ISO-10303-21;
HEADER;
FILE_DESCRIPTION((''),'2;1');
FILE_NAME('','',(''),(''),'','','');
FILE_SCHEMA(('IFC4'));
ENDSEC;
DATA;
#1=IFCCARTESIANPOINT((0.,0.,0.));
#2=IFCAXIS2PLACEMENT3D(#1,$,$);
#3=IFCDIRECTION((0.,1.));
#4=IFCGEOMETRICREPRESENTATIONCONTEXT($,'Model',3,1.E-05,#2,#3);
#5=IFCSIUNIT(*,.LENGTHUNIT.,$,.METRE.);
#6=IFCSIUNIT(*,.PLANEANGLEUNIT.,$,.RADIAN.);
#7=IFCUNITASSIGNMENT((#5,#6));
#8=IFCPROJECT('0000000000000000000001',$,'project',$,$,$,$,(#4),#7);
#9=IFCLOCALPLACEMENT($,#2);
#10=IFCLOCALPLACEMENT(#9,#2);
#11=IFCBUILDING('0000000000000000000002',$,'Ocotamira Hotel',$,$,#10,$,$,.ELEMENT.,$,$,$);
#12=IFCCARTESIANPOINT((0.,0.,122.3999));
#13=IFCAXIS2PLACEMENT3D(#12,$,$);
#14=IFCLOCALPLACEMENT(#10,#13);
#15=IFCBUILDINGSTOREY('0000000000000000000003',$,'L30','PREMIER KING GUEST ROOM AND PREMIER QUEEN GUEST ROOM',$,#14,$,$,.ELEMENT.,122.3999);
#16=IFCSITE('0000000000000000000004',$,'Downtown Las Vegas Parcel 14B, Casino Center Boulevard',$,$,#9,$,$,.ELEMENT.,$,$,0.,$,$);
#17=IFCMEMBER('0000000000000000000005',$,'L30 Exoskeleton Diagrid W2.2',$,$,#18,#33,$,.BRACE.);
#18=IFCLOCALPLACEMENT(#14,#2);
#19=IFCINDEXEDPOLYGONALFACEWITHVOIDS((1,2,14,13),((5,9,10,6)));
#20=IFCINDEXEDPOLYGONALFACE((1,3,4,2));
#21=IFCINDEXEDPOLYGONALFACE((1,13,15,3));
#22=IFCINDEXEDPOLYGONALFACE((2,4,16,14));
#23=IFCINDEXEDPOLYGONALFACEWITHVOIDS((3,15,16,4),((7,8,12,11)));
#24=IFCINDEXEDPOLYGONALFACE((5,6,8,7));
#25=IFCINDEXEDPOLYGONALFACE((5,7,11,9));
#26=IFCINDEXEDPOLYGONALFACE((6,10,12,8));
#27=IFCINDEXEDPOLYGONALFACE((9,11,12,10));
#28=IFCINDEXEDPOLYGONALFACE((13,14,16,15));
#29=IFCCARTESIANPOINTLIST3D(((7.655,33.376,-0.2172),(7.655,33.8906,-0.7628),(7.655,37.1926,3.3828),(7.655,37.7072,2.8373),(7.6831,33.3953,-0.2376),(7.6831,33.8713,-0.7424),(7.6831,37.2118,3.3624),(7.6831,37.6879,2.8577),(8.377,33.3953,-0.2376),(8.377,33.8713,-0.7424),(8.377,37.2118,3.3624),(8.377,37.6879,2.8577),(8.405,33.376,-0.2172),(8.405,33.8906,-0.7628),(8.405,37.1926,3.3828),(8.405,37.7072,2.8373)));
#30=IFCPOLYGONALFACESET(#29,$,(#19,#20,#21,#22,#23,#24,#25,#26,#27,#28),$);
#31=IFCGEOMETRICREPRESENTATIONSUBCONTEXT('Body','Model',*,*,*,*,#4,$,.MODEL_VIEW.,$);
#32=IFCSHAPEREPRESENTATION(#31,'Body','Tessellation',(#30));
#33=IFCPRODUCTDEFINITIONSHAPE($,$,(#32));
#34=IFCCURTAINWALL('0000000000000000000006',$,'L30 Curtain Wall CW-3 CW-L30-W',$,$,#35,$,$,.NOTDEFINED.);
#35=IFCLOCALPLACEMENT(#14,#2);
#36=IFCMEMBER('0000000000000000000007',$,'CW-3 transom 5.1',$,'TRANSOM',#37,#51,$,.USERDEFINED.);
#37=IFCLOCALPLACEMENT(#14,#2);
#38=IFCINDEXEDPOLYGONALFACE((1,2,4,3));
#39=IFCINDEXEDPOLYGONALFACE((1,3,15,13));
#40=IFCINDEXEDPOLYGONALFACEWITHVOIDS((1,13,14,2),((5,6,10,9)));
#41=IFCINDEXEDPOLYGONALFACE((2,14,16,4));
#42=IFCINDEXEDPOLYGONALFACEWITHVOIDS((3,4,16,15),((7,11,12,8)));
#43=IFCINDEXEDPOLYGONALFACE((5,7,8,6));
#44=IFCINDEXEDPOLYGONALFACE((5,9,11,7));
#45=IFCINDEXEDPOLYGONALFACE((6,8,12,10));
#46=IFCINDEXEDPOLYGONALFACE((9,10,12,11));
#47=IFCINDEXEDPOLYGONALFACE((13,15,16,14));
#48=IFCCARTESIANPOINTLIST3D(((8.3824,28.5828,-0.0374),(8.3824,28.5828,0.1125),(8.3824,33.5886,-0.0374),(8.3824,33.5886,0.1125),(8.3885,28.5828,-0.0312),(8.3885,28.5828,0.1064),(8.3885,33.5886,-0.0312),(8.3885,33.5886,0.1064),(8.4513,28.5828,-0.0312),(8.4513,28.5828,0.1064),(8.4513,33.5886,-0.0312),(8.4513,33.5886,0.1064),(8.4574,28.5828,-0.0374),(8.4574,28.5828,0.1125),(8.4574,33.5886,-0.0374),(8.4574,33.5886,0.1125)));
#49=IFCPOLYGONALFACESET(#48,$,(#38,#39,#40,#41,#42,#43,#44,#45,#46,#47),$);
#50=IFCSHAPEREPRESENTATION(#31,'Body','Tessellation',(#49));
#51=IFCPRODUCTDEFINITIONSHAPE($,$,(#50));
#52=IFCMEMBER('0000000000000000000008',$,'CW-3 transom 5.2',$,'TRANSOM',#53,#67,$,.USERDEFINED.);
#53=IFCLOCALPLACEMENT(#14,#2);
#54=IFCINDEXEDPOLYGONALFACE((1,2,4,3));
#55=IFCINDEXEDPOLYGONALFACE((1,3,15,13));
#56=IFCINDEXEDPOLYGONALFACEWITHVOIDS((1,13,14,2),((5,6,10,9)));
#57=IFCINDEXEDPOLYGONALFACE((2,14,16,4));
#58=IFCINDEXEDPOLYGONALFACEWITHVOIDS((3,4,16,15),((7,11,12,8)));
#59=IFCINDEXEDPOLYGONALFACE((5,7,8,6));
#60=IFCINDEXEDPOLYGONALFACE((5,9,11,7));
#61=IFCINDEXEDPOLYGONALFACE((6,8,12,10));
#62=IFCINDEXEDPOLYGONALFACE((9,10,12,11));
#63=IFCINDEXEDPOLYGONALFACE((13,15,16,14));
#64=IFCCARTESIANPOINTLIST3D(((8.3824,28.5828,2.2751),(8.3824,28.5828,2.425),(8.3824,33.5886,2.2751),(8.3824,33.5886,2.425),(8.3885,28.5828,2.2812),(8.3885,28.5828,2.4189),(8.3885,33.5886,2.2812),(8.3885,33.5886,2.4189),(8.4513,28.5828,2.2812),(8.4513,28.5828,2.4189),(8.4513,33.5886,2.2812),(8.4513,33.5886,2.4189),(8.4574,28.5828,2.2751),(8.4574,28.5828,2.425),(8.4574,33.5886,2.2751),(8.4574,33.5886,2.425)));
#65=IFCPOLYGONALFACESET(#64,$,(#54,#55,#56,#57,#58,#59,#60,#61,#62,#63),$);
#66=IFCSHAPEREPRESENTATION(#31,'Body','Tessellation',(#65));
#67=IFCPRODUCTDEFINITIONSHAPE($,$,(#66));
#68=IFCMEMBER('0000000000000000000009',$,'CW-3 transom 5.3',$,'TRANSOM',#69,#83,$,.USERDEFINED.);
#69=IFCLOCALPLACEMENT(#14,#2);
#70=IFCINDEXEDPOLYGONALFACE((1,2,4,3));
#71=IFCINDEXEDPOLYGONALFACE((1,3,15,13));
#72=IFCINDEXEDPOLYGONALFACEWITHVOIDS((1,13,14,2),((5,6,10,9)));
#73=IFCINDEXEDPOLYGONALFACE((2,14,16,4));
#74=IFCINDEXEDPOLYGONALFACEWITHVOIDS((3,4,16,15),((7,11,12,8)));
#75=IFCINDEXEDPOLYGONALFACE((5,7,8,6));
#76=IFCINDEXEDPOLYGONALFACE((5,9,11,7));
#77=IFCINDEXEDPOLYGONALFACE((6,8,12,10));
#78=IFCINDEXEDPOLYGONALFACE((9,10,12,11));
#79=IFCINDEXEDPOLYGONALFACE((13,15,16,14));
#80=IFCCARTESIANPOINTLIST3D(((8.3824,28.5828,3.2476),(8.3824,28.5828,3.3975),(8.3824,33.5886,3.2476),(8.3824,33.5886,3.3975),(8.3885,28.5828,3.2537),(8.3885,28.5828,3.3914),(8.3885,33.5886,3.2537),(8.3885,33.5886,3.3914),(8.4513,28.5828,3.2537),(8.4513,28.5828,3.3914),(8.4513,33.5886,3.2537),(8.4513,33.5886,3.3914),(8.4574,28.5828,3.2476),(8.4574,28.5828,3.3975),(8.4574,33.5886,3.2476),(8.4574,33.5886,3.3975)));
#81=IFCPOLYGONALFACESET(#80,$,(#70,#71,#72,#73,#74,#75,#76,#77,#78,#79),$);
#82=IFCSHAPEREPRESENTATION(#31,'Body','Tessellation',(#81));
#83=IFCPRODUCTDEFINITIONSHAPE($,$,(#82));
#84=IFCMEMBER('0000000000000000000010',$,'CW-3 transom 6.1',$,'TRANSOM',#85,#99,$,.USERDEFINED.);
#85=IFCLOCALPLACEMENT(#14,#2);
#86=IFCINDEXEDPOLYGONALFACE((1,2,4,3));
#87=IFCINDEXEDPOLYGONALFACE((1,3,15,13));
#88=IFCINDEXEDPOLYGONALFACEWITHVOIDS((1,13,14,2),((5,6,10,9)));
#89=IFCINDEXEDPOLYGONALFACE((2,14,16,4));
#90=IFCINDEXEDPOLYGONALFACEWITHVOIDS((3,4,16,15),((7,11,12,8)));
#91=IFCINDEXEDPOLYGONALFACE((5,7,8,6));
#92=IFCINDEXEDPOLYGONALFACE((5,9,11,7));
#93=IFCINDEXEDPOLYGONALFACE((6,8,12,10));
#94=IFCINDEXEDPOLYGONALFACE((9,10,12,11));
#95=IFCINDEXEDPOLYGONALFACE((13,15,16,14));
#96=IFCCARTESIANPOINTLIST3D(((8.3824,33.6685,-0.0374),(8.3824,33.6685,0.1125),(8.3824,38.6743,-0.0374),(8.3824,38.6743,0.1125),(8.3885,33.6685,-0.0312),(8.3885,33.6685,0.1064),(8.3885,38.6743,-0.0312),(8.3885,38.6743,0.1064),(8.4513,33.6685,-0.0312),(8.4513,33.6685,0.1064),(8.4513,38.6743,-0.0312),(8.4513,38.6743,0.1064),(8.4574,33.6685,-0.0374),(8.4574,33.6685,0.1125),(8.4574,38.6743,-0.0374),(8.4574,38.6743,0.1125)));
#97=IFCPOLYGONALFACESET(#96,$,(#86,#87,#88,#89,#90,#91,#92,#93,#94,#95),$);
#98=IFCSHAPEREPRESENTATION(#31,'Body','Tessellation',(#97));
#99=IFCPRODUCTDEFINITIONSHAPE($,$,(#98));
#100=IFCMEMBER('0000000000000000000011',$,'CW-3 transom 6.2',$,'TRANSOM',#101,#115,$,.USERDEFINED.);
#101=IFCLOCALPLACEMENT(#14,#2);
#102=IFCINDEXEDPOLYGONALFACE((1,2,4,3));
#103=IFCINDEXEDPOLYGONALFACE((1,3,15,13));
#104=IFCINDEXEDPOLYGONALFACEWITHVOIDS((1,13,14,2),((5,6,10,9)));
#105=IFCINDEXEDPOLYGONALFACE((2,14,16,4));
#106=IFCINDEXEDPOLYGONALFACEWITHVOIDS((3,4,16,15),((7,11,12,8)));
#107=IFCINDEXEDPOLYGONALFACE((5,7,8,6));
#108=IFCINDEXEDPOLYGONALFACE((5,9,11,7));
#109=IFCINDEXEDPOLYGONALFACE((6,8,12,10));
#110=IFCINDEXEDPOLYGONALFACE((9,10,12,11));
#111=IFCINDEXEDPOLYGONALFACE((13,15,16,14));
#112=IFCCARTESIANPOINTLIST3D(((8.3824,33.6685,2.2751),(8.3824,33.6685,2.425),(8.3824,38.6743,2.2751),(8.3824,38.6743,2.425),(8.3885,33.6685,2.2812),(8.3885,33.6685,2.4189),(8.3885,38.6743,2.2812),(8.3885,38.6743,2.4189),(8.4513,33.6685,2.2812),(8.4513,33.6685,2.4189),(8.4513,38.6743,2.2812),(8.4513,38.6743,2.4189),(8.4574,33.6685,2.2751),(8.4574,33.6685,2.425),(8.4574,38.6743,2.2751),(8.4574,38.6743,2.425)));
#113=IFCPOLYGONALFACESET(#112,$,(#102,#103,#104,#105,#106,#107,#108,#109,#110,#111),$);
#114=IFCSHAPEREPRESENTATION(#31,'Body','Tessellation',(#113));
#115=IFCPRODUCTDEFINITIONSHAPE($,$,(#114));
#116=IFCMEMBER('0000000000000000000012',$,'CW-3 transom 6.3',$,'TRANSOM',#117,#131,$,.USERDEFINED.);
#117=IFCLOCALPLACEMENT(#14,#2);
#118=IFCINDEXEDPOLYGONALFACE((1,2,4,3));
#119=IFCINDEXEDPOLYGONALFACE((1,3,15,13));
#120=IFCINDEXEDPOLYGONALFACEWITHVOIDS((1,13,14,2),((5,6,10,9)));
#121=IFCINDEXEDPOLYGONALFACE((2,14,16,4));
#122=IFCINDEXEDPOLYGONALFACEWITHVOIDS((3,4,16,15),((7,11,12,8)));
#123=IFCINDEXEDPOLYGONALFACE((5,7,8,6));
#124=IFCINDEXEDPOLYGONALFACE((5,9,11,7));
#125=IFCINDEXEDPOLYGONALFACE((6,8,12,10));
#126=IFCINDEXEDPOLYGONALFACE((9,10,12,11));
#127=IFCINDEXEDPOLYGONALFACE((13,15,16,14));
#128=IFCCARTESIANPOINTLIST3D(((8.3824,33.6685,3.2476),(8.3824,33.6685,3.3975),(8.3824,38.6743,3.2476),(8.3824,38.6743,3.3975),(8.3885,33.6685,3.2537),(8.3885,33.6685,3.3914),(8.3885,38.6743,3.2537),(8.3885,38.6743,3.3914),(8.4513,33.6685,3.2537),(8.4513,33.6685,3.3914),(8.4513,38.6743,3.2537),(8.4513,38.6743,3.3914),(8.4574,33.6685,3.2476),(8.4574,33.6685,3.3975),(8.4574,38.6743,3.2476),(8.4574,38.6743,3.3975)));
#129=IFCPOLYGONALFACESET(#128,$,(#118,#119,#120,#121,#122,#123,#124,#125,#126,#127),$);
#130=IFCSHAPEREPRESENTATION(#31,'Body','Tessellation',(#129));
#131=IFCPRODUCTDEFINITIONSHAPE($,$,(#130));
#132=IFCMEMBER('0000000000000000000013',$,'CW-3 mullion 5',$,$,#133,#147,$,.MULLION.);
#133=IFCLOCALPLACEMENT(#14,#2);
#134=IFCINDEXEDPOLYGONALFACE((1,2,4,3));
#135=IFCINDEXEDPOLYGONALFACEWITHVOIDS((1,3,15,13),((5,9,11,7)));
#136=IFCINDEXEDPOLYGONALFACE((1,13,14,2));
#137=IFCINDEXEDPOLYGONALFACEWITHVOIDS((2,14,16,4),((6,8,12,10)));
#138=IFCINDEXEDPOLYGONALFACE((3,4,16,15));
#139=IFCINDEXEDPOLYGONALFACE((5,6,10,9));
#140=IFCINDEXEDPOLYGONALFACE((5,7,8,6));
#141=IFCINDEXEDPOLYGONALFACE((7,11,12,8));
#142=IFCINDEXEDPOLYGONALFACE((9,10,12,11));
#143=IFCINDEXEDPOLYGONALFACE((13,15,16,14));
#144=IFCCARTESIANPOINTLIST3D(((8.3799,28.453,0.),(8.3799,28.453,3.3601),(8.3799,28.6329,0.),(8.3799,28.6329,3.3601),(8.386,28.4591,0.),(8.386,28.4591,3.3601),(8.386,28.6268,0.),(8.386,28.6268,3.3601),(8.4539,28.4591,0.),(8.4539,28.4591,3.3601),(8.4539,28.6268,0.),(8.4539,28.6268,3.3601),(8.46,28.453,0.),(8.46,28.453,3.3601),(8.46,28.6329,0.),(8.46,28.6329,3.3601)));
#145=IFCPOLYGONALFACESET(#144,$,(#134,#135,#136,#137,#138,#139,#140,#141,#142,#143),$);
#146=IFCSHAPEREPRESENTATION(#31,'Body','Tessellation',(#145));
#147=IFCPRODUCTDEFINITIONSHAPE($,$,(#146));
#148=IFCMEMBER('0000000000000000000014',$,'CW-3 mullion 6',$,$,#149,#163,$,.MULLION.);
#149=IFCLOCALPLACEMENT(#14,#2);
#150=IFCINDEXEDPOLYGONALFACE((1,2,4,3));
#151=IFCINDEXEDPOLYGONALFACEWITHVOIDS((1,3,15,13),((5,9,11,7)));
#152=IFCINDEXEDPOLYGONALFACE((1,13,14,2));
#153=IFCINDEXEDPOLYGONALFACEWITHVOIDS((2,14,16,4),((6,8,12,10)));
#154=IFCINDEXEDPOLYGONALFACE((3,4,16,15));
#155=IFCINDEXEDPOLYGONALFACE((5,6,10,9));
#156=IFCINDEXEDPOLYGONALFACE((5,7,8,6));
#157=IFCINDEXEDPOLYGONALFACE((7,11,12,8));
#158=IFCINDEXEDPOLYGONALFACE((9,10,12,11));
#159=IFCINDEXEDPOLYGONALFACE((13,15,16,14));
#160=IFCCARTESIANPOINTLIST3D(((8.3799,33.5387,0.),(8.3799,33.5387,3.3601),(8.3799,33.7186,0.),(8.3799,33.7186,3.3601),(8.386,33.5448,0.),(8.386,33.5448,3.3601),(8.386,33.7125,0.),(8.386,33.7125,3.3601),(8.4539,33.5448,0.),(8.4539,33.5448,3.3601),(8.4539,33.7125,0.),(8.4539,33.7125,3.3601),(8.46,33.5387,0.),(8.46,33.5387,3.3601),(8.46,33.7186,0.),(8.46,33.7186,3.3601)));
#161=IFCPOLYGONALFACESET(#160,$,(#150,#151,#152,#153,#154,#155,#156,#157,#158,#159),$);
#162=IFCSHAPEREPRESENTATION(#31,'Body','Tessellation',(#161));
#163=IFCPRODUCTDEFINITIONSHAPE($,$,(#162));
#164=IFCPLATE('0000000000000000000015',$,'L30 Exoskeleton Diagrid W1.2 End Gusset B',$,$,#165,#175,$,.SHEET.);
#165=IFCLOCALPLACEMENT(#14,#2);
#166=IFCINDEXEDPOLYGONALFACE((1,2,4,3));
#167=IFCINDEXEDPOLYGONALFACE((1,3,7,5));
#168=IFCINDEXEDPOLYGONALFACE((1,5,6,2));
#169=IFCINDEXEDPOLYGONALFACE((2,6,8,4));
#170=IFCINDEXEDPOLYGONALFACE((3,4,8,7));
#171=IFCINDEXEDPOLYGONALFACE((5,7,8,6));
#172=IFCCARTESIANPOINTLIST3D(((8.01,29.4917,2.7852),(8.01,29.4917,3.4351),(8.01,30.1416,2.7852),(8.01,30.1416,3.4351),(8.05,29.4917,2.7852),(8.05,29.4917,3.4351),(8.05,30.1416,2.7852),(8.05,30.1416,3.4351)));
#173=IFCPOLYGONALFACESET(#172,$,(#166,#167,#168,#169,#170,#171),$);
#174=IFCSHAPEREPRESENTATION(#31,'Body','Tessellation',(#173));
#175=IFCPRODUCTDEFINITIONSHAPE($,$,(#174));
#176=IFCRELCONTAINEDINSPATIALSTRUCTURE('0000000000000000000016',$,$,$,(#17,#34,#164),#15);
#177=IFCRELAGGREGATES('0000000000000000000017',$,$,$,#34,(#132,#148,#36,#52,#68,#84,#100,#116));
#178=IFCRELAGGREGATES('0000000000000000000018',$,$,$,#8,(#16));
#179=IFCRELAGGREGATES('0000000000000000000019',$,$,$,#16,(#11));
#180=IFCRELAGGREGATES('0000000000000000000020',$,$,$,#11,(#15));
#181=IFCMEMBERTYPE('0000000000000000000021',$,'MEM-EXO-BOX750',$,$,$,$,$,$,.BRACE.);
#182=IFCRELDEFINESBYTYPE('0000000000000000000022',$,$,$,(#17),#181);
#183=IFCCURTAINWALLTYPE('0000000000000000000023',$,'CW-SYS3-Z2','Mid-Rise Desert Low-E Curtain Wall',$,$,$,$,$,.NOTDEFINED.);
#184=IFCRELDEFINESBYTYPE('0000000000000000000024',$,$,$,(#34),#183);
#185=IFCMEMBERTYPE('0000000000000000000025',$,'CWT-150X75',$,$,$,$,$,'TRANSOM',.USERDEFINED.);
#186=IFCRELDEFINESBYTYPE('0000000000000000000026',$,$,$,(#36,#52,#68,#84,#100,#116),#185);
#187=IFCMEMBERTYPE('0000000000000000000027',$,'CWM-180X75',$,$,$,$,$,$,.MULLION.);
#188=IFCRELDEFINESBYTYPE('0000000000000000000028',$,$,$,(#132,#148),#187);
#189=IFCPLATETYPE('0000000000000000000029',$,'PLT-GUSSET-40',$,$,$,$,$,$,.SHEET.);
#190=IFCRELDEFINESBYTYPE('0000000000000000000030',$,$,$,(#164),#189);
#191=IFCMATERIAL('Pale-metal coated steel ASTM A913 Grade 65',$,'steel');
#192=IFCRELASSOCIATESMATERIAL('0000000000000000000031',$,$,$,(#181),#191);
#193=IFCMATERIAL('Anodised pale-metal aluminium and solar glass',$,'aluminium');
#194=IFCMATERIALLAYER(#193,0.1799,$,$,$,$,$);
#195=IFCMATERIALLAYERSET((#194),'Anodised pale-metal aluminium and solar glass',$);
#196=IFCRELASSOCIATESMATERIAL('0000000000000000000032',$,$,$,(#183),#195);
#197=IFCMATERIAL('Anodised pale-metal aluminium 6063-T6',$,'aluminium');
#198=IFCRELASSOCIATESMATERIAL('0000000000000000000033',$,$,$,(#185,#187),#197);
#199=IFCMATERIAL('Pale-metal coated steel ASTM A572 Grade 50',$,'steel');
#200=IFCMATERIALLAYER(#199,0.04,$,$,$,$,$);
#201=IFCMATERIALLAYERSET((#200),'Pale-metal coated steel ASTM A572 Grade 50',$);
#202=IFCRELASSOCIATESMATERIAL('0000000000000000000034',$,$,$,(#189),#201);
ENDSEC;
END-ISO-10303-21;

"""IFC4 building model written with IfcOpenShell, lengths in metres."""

from ifc_helpers import new_model, si_unit, direction, frame, origin, origin_2d, place, context, subcontext, project, spatial, rectangle, hollow_rectangle, extrude, source, transform, mapped, material, layer, layer_set, material_profile, profile_set, type_object, element, aggregate, save


model = new_model("IFC4")

# Units and contexts
model_context = context("Model", 3, precision=1e-05, world=origin(), true_north=direction((0.0, 1.0)))
body_context = subcontext(model_context, "Body", "Model", "MODEL_VIEW")
ifc_project = project(units=[si_unit("LENGTHUNIT", "METRE"), si_unit("PLANEANGLEUNIT", "RADIAN")], contexts=[model_context])

# Site, building, storey
site_placement = place(None, origin())
site = spatial("IfcSite", under=ifc_project, at=site_placement, Name="Downtown Las Vegas Parcel 14B, Casino Center Boulevard", CompositionType="ELEMENT", RefElevation=0.0)
building_placement = place(site_placement, origin())
building = spatial("IfcBuilding", under=site, at=building_placement, Name="Ocotamira Hotel", CompositionType="ELEMENT")
storey_placement = place(building_placement, frame((0.0, 0.0, 122.3999)))
storey = spatial("IfcBuildingStorey", under=building, at=storey_placement, Name="L30", Description="PREMIER KING GUEST ROOM AND PREMIER QUEEN GUEST ROOM", CompositionType="ELEMENT", Elevation=122.3999)

# Member
ifc_material_1 = material(Name="Pale-metal coated steel ASTM A913 Grade 65", Category="steel")
ifc_material_profile_1 = material_profile(ifc_material_1, hollow_rectangle(XDim=0.75, YDim=0.75, WallThickness=0.0281, at=origin_2d()), Name="BOX750X750X28")
ifc_profile_set_1 = profile_set([ifc_material_profile_1], Name="Pale-metal coated steel ASTM A913 Grade 65")
member_type_1 = type_object("IfcMemberType", Name="MEM-EXO-BOX750", PredefinedType="BRACE", material=ifc_profile_set_1)
shared_shape_1 = source(origin(), body_context, "Body", "SweptSolid", [
    extrude(hollow_rectangle(XDim=0.75, YDim=0.75, WallThickness=0.0281, at=origin_2d()), origin(), (0.0, 0.0, 1.0), 5.2466),
])
for number, where, z_axis, x_axis, name in (
    (1, (8.03, 33.6333, -0.49), (0.0, 0.727443, 0.686168), (-1.0, 0.0, 0.0), "L30 Exoskeleton Diagrid W2.2"),
):
    element("IfcMember", number, at=place(storey_placement, frame(where, z_axis=z_axis, x_axis=x_axis)), inside=storey, type_object=member_type_1, Name=name, PredefinedType="BRACE", context=body_context, shape_type="MappedRepresentation", body=[
        mapped(shared_shape_1, transform((0.0, 0.0, 0.0), scale=1.0)),
    ])

# Curtain wall, members
ifc_material_2 = material(Name="Anodised pale-metal aluminium and solar glass", Category="aluminium")
ifc_layer_1 = layer(ifc_material_2, 0.1799)
ifc_layer_set_1 = layer_set([ifc_layer_1], Name="Anodised pale-metal aluminium and solar glass")
curtain_wall_type = type_object("IfcCurtainWallType", Name="CW-SYS3-Z2", Description="Mid-Rise Desert Low-E Curtain Wall", PredefinedType="NOTDEFINED", material=ifc_layer_set_1)
curtain_wall_placement = place(storey_placement, origin())
curtain_wall = element("IfcCurtainWall", 2, at=curtain_wall_placement, inside=storey, type_object=curtain_wall_type, Name="L30 Curtain Wall CW-3 CW-L30-W", PredefinedType="NOTDEFINED")
ifc_material_3 = material(Name="Anodised pale-metal aluminium 6063-T6", Category="aluminium")
ifc_material_profile_2 = material_profile(ifc_material_3, hollow_rectangle(XDim=0.075, YDim=0.1499, WallThickness=0.0061, at=origin_2d()), Name="HSS150X75X6")
ifc_profile_set_2 = profile_set([ifc_material_profile_2], Name="Anodised pale-metal aluminium 6063-T6")
member_type_2 = type_object("IfcMemberType", Name="CWT-150X75", ElementType="TRANSOM", PredefinedType="USERDEFINED", material=ifc_profile_set_2)
shared_shape_2 = source(origin(), body_context, "Body", "SweptSolid", [
    extrude(hollow_rectangle(XDim=0.075, YDim=0.1499, WallThickness=0.0061, at=origin_2d()), origin(), (0.0, 0.0, 1.0), 5.0059),
])
member_1_placement = place(storey_placement, frame((8.4199, 28.5828, 0.0376), z_axis=(0.0, 1.0, 0.0), x_axis=(-1.0, 0.0, 0.0)))
member_1 = element("IfcMember", 3, at=member_1_placement, type_object=member_type_2, Name="CW-3 transom 5.1", ObjectType="TRANSOM", PredefinedType="USERDEFINED", context=body_context, shape_type="MappedRepresentation", body=[
    mapped(shared_shape_2, transform((0.0, 0.0, 0.0), scale=1.0)),
])
member_2_placement = place(storey_placement, frame((8.4199, 28.5828, 2.3501), z_axis=(0.0, 1.0, 0.0), x_axis=(-1.0, 0.0, 0.0)))
member_2 = element("IfcMember", 4, at=member_2_placement, type_object=member_type_2, Name="CW-3 transom 5.2", ObjectType="TRANSOM", PredefinedType="USERDEFINED", context=body_context, shape_type="MappedRepresentation", body=[
    mapped(shared_shape_2, transform((0.0, 0.0, 0.0), scale=1.0)),
])
member_3_placement = place(storey_placement, frame((8.4199, 28.5828, 3.3225), z_axis=(0.0, 1.0, 0.0), x_axis=(-1.0, 0.0, 0.0)))
member_3 = element("IfcMember", 5, at=member_3_placement, type_object=member_type_2, Name="CW-3 transom 5.3", ObjectType="TRANSOM", PredefinedType="USERDEFINED", context=body_context, shape_type="MappedRepresentation", body=[
    mapped(shared_shape_2, transform((0.0, 0.0, 0.0), scale=1.0)),
])
member_4_placement = place(storey_placement, frame((8.4199, 33.6685, 0.0376), z_axis=(0.0, 1.0, 0.0), x_axis=(-1.0, 0.0, 0.0)))
member_4 = element("IfcMember", 6, at=member_4_placement, type_object=member_type_2, Name="CW-3 transom 6.1", ObjectType="TRANSOM", PredefinedType="USERDEFINED", context=body_context, shape_type="MappedRepresentation", body=[
    mapped(shared_shape_2, transform((0.0, 0.0, 0.0), scale=1.0)),
])
member_5_placement = place(storey_placement, frame((8.4199, 33.6685, 2.3501), z_axis=(0.0, 1.0, 0.0), x_axis=(-1.0, 0.0, 0.0)))
member_5 = element("IfcMember", 7, at=member_5_placement, type_object=member_type_2, Name="CW-3 transom 6.2", ObjectType="TRANSOM", PredefinedType="USERDEFINED", context=body_context, shape_type="MappedRepresentation", body=[
    mapped(shared_shape_2, transform((0.0, 0.0, 0.0), scale=1.0)),
])
member_6_placement = place(storey_placement, frame((8.4199, 33.6685, 3.3225), z_axis=(0.0, 1.0, 0.0), x_axis=(-1.0, 0.0, 0.0)))
member_6 = element("IfcMember", 8, at=member_6_placement, type_object=member_type_2, Name="CW-3 transom 6.3", ObjectType="TRANSOM", PredefinedType="USERDEFINED", context=body_context, shape_type="MappedRepresentation", body=[
    mapped(shared_shape_2, transform((0.0, 0.0, 0.0), scale=1.0)),
])
ifc_material_profile_3 = material_profile(ifc_material_3, hollow_rectangle(XDim=0.0801, YDim=0.1799, WallThickness=0.0061, at=origin_2d()), Name="HSS180X80X6")
ifc_profile_set_3 = profile_set([ifc_material_profile_3], Name="Anodised pale-metal aluminium 6063-T6")
member_type_3 = type_object("IfcMemberType", Name="CWM-180X75", PredefinedType="MULLION", material=ifc_profile_set_3)
shared_shape_3 = source(origin(), body_context, "Body", "SweptSolid", [
    extrude(hollow_rectangle(XDim=0.0801, YDim=0.1799, WallThickness=0.0061, at=origin_2d()), origin(), (0.0, 0.0, 1.0), 3.3601),
])
member_7_placement = place(storey_placement, frame((8.4199, 28.543, 0.0), z_axis=(0.0, 0.0, 1.0), x_axis=(-1.0, 0.0, 0.0)))
member_7 = element("IfcMember", 9, at=member_7_placement, type_object=member_type_3, Name="CW-3 mullion 5", PredefinedType="MULLION", context=body_context, shape_type="MappedRepresentation", body=[
    mapped(shared_shape_3, transform((0.0, 0.0, 0.0), scale=1.0)),
])
member_8_placement = place(storey_placement, frame((8.4199, 33.6287, 0.0), z_axis=(0.0, 0.0, 1.0), x_axis=(-1.0, 0.0, 0.0)))
member_8 = element("IfcMember", 10, at=member_8_placement, type_object=member_type_3, Name="CW-3 mullion 6", PredefinedType="MULLION", context=body_context, shape_type="MappedRepresentation", body=[
    mapped(shared_shape_3, transform((0.0, 0.0, 0.0), scale=1.0)),
])

# Plate
ifc_material_4 = material(Name="Pale-metal coated steel ASTM A572 Grade 50", Category="steel")
ifc_layer_2 = layer(ifc_material_4, 0.04)
ifc_layer_set_2 = layer_set([ifc_layer_2], Name="Pale-metal coated steel ASTM A572 Grade 50")
plate_type_1 = type_object("IfcPlateType", Name="PLT-GUSSET-40", PredefinedType="SHEET", material=ifc_layer_set_2)
shared_shape_4 = source(origin(), body_context, "Body", "SweptSolid", [
    extrude(rectangle(XDim=0.04, YDim=0.6499, at=origin_2d()), origin(), (0.0, 0.0, 1.0), 0.6499),
])
plate_1_placement = place(storey_placement, frame((8.03, 29.8167, 2.7852), z_axis=(0.0, 0.0, 1.0), x_axis=(1.0, 0.0, 0.0)))
element("IfcPlate", 11, at=plate_1_placement, inside=storey, type_object=plate_type_1, Name="L30 Exoskeleton Diagrid W1.2 End Gusset B", PredefinedType="SHEET", context=body_context, shape_type="MappedRepresentation", body=[
    mapped(shared_shape_4, transform((0.0, 0.0, 0.0), scale=1.0)),
])
aggregate(curtain_wall, [member_7, member_8, member_1, member_2, member_3, member_4, member_5, member_6])

save(model, "model.ifc")
